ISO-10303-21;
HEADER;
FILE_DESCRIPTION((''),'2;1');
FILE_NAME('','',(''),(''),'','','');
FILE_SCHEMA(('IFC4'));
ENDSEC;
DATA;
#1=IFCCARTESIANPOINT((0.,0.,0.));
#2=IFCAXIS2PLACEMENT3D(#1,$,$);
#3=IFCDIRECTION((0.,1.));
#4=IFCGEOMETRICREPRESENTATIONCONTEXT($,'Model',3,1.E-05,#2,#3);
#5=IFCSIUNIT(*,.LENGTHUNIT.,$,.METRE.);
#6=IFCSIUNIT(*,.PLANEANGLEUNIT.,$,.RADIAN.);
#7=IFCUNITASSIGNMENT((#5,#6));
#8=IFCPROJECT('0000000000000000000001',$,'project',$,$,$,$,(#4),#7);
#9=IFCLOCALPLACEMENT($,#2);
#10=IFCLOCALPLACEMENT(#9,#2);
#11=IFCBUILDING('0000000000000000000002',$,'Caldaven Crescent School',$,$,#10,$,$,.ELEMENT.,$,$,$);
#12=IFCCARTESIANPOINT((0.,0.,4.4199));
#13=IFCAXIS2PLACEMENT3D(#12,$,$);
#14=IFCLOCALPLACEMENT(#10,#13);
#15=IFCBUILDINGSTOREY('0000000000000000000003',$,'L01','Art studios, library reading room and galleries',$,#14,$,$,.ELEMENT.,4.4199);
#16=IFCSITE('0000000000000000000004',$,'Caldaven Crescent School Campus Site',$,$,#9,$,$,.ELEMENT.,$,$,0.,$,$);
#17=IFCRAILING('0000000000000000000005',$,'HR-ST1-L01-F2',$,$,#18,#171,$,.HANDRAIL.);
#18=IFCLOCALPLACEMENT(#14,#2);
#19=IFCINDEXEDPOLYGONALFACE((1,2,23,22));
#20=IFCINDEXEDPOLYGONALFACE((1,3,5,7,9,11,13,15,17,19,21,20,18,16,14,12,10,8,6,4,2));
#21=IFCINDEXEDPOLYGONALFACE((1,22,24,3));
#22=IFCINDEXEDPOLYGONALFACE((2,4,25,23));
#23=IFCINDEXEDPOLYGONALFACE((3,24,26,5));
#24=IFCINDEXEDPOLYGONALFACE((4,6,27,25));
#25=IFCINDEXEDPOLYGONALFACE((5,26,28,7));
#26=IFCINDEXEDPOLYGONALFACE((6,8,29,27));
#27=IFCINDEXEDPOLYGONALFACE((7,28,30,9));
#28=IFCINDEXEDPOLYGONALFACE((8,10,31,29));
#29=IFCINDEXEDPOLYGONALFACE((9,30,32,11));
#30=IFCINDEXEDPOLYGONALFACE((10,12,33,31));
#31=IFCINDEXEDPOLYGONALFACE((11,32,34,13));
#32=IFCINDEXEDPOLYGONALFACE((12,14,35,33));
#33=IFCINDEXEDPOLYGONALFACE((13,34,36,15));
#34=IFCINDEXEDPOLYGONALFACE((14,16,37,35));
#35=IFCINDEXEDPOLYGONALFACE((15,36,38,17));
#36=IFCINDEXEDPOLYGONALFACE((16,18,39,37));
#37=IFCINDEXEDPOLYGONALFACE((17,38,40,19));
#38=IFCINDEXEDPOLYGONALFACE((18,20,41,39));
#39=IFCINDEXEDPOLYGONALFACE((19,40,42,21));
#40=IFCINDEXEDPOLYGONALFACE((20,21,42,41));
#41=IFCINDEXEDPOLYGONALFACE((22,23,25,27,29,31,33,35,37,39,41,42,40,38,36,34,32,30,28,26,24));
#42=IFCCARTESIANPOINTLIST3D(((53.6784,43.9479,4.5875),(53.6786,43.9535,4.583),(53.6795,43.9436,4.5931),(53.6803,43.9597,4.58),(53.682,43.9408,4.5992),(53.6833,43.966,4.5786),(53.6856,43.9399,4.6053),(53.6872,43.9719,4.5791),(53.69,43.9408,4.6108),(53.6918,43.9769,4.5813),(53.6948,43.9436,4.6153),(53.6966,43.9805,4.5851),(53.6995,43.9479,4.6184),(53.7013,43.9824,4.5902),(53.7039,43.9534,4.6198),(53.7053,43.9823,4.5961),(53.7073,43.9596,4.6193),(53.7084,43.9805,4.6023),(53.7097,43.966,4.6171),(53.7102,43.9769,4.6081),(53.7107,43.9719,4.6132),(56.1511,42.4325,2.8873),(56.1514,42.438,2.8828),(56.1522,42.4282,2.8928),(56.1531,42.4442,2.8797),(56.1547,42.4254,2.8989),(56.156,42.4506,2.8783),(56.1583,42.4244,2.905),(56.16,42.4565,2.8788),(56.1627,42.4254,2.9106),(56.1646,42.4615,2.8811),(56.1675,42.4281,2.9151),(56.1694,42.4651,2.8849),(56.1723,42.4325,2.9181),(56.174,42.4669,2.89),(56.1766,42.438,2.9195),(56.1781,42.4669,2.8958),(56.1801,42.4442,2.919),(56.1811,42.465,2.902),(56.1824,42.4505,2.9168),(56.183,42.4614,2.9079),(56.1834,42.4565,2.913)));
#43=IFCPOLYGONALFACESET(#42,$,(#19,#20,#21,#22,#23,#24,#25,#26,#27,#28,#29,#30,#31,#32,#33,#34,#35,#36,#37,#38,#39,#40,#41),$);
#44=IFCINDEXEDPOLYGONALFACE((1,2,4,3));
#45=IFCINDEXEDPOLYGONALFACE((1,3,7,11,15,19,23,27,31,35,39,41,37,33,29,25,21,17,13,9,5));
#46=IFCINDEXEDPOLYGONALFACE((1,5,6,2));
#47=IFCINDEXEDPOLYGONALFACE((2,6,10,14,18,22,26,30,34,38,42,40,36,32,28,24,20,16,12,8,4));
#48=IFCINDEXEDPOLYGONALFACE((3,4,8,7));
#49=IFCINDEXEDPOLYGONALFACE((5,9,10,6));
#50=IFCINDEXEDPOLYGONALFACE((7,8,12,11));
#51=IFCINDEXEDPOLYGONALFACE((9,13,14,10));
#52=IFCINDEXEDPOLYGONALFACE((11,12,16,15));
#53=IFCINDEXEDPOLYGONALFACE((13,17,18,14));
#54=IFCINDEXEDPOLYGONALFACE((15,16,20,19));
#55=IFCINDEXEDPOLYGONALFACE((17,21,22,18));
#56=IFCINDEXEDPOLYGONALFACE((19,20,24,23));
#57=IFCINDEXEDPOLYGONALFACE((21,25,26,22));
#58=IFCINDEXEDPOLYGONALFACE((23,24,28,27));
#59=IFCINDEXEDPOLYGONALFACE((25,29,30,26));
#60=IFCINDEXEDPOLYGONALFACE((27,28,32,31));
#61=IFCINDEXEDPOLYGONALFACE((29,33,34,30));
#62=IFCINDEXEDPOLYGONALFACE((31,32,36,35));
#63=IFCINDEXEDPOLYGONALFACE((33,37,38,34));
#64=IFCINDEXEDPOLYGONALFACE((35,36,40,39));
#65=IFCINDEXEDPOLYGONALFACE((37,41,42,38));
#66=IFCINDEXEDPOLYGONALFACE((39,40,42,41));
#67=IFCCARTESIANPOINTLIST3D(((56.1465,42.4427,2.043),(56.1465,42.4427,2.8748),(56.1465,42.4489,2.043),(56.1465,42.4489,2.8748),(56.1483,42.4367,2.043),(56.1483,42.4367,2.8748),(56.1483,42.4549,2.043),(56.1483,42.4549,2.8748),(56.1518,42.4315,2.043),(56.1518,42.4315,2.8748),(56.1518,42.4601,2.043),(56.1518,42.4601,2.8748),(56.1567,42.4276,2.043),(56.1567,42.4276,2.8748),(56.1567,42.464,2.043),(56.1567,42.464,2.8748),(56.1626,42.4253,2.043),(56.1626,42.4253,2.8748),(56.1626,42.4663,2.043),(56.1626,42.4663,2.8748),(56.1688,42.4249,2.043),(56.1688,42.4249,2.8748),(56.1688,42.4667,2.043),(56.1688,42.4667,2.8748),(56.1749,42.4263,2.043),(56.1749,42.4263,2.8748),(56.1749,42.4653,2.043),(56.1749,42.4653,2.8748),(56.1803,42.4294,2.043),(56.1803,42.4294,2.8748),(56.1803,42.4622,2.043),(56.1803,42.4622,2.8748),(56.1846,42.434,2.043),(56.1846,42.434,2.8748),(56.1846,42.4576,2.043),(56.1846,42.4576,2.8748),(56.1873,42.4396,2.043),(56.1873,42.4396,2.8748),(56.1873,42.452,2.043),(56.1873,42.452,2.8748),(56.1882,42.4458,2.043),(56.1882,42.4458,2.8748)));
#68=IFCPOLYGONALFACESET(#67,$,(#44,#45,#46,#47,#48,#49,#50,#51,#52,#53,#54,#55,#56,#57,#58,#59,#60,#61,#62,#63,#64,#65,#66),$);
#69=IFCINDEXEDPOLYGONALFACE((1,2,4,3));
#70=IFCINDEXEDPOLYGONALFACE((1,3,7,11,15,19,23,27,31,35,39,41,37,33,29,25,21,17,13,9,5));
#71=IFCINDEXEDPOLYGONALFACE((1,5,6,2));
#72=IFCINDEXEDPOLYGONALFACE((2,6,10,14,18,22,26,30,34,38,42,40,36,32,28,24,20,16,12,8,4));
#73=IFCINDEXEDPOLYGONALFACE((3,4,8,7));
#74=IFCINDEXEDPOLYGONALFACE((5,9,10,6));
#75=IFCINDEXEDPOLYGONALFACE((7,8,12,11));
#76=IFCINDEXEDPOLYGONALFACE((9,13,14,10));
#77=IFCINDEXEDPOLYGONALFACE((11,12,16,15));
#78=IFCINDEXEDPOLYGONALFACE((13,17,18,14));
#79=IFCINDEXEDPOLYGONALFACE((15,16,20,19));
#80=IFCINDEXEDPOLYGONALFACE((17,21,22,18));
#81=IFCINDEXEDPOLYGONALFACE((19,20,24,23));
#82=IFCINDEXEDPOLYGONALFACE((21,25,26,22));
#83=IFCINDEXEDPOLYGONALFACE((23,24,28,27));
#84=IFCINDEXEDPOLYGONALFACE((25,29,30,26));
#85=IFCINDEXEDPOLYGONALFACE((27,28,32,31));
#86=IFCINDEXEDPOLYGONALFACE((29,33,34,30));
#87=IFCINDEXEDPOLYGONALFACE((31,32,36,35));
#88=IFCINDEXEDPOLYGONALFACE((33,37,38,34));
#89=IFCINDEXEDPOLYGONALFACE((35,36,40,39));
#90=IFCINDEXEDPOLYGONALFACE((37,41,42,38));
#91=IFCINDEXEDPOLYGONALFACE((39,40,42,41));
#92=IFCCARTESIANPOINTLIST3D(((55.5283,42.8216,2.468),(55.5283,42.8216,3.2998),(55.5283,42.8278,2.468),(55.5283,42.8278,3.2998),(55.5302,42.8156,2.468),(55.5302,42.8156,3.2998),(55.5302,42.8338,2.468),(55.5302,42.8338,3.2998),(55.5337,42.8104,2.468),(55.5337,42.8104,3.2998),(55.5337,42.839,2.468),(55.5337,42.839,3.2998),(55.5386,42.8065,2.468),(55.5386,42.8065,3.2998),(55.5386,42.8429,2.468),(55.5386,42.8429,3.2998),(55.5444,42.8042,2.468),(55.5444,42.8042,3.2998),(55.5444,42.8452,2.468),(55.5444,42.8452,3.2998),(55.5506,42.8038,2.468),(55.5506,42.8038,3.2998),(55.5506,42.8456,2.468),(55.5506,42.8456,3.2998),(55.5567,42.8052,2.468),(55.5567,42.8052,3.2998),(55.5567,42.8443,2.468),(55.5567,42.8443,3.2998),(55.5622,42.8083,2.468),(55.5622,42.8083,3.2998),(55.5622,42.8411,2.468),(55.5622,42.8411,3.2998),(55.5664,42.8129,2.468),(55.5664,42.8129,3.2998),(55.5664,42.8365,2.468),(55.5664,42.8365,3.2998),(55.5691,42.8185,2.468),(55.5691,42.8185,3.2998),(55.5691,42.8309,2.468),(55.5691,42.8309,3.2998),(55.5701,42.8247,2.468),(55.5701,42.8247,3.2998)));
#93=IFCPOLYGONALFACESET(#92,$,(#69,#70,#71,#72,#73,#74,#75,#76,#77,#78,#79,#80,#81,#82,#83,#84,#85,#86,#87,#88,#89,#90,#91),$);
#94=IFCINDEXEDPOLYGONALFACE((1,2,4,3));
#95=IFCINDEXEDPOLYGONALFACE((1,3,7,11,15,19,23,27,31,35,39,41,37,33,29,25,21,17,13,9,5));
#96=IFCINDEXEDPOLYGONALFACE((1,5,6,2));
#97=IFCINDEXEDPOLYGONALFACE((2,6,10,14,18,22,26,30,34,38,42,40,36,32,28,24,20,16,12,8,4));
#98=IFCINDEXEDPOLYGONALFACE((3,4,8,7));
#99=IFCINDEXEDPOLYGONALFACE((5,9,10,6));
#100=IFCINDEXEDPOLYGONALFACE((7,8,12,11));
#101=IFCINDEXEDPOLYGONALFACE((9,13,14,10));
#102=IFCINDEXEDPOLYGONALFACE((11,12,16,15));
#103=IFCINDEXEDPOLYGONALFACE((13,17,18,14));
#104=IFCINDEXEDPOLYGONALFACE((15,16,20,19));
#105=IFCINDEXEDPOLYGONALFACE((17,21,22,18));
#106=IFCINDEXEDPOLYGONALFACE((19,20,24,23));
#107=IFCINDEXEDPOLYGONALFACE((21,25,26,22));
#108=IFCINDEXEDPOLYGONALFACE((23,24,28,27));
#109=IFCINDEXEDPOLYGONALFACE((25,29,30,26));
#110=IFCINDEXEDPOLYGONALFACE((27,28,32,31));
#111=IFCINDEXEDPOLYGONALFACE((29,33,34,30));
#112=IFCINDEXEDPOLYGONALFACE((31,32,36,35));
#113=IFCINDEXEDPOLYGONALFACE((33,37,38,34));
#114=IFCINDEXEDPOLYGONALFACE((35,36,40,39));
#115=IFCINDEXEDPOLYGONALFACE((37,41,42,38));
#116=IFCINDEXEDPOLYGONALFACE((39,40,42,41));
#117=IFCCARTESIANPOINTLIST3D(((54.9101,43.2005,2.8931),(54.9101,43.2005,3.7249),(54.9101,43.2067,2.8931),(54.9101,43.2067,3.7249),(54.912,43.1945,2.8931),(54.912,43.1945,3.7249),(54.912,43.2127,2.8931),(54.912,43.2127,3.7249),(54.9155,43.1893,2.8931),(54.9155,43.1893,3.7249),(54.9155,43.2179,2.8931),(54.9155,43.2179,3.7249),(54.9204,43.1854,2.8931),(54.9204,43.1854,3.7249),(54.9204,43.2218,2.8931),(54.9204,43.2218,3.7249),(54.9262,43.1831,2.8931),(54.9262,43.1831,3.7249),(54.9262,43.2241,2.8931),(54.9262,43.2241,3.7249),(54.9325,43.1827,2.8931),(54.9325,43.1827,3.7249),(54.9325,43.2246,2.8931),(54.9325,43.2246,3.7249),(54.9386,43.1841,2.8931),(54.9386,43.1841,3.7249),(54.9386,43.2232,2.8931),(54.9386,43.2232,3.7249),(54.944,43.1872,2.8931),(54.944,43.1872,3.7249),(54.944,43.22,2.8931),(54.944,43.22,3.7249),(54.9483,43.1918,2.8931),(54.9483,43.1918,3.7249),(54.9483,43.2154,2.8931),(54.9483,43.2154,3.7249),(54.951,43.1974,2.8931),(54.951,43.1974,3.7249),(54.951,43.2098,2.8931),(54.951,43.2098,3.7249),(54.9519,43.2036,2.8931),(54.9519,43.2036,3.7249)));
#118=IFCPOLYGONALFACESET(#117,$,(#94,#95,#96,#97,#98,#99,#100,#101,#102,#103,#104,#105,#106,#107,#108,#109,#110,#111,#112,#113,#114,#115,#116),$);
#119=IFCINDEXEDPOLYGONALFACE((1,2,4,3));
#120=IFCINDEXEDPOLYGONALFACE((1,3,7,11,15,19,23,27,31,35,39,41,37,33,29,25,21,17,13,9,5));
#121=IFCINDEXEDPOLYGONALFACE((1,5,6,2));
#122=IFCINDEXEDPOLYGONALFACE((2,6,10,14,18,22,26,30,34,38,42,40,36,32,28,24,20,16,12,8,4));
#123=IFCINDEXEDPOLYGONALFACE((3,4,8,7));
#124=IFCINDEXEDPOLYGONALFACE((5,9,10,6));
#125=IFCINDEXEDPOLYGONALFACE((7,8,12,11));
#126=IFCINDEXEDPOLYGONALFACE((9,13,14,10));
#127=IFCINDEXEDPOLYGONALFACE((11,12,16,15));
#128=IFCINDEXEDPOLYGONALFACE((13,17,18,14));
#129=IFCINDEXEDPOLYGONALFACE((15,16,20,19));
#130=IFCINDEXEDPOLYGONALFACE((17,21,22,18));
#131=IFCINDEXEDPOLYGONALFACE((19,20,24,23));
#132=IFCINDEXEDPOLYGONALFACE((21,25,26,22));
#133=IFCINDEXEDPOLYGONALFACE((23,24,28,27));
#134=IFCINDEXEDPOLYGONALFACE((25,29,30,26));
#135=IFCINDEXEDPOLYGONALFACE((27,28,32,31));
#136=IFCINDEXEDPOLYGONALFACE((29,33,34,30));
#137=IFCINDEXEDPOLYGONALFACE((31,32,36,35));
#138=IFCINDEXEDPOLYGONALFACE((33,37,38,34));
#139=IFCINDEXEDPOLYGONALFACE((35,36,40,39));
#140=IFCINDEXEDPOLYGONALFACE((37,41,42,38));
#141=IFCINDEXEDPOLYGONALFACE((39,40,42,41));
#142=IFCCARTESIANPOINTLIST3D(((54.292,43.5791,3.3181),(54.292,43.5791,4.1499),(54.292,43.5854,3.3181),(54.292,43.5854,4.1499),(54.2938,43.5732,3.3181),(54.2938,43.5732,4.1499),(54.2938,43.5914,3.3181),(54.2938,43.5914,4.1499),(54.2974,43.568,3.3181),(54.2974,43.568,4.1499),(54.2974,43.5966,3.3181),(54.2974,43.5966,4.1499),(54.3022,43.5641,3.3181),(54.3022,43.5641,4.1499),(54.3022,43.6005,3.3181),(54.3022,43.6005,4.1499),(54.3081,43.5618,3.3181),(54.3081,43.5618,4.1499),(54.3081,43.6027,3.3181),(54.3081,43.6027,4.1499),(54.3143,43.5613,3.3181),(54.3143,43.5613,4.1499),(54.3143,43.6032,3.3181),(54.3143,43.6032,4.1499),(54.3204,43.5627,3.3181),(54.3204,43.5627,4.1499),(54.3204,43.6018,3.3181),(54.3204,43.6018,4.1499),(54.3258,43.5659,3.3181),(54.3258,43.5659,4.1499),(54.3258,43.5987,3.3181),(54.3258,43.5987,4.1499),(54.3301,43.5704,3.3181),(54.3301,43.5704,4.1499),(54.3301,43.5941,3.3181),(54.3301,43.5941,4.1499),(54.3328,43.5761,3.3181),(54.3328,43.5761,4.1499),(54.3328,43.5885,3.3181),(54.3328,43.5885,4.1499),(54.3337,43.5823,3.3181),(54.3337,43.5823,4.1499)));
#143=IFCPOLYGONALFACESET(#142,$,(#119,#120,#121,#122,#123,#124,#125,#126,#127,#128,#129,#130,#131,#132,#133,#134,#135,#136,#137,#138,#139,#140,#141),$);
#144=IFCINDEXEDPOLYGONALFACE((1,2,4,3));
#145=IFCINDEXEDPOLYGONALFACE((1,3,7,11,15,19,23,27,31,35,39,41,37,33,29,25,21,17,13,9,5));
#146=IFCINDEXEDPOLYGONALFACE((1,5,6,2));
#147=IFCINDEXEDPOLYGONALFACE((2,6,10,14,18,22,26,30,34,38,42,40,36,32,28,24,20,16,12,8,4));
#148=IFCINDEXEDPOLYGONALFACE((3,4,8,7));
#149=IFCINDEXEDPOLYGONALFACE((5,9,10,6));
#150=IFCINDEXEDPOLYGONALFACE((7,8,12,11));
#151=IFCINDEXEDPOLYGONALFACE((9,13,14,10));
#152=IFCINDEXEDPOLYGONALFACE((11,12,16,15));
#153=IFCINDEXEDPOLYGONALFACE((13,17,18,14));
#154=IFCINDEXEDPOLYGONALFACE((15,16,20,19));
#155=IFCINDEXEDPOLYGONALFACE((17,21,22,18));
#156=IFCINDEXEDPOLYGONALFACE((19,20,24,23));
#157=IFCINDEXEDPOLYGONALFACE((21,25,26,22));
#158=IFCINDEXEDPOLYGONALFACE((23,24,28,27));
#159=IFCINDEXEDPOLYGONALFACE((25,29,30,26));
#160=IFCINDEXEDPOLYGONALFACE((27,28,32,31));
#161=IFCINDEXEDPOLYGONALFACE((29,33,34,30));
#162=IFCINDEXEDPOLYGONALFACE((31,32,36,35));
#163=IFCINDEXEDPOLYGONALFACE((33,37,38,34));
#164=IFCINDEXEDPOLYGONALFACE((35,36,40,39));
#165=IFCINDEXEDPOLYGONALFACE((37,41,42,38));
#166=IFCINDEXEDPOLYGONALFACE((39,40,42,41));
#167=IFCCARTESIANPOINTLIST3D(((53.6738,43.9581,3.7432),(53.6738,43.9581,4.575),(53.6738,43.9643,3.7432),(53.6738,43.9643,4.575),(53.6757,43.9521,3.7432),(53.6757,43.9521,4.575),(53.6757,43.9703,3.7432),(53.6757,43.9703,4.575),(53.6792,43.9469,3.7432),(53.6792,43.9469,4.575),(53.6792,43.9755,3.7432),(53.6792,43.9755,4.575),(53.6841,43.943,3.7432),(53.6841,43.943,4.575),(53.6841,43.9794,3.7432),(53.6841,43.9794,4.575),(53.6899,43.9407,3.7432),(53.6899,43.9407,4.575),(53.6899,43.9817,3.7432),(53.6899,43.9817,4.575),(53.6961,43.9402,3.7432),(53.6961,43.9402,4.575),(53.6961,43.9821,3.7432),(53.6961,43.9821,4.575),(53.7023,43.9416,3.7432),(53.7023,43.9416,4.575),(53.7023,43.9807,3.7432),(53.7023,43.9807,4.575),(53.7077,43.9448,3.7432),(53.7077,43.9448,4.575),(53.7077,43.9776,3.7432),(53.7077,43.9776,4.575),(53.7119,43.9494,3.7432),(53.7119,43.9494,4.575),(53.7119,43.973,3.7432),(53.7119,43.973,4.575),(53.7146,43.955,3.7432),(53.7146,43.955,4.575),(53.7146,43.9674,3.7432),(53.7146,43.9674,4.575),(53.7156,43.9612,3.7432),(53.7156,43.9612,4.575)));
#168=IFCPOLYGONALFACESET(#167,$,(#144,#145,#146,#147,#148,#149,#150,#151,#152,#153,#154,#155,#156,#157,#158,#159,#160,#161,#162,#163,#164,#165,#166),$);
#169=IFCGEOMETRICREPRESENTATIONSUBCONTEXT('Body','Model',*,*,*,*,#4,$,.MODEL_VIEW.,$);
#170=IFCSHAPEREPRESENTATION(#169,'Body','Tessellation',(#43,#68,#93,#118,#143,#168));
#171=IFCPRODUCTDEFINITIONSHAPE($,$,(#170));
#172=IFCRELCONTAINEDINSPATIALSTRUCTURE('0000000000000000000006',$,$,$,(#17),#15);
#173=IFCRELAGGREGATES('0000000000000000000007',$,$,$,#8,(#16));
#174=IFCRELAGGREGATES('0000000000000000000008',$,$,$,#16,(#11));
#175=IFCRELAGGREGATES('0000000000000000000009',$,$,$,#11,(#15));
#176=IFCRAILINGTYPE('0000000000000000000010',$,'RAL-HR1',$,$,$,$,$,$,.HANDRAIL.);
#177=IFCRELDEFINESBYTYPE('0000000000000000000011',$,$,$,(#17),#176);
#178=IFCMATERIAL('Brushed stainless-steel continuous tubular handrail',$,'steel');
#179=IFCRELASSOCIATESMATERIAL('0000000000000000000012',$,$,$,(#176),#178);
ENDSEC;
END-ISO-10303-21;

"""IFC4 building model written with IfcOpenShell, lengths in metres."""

from ifc_helpers import new_model, si_unit, direction, frame, origin, origin_2d, place, context, subcontext, project, spatial, circle, extrude, material, type_object, element, save


model = new_model("IFC4")

# Units and contexts
model_context = context("Model", 3, precision=1e-05, world=origin(), true_north=direction((0.0, 1.0)))
body_context = subcontext(model_context, "Body", "Model", "MODEL_VIEW")
ifc_project = project(units=[si_unit("LENGTHUNIT", "METRE"), si_unit("PLANEANGLEUNIT", "RADIAN")], contexts=[model_context])

# Site, building, storey
site_placement = place(None, origin())
site = spatial("IfcSite", under=ifc_project, at=site_placement, Name="Caldaven Crescent School Campus Site", CompositionType="ELEMENT", RefElevation=0.0)
building_placement = place(site_placement, origin())
building = spatial("IfcBuilding", under=site, at=building_placement, Name="Caldaven Crescent School", CompositionType="ELEMENT")
storey_placement = place(building_placement, frame((0.0, 0.0, 4.4199)))
storey = spatial("IfcBuildingStorey", under=building, at=storey_placement, Name="L01", Description="Art studios, library reading room and galleries", CompositionType="ELEMENT", Elevation=4.4199)

# Railing
ifc_material_1 = material(Name="Brushed stainless-steel continuous tubular handrail", Category="steel")
railing_type_1 = type_object("IfcRailingType", Name="RAL-HR1", PredefinedType="HANDRAIL", material=ifc_material_1)
railing_1_placement = place(storey_placement, frame((56.1672, 42.4458, 2.043)))
element("IfcRailing", 1, at=railing_1_placement, inside=storey, type_object=railing_type_1, Name="HR-ST1-L01-F2", PredefinedType="HANDRAIL", context=body_context, shape_type="SweptSolid", body=[
    extrude(circle(Radius=0.0239, at=origin_2d()), frame((0.0, 0.0, 0.856), z_axis=(-0.735536, 0.450777, 0.505754), x_axis=(-0.522532, -0.852619, 0.0)), (0.0, 0.0, 1.0), 3.3618),
    extrude(circle(Radius=0.021, at=origin_2d()), origin(), (0.0, 0.0, 1.0), 0.8318),
    extrude(circle(Radius=0.021, at=origin_2d()), frame((-0.6182, 0.3789, 0.425)), (0.0, 0.0, 1.0), 0.8318),
    extrude(circle(Radius=0.021, at=origin_2d()), frame((-1.2363, 0.7578, 0.8501)), (0.0, 0.0, 1.0), 0.8318),
    extrude(circle(Radius=0.021, at=origin_2d()), frame((-1.8545, 1.1365, 1.2751)), (0.0, 0.0, 1.0), 0.8318),
    extrude(circle(Radius=0.021, at=origin_2d()), frame((-2.4727, 1.5154, 1.7002)), (0.0, 0.0, 1.0), 0.8318),
])

save(model, "model.ifc")
